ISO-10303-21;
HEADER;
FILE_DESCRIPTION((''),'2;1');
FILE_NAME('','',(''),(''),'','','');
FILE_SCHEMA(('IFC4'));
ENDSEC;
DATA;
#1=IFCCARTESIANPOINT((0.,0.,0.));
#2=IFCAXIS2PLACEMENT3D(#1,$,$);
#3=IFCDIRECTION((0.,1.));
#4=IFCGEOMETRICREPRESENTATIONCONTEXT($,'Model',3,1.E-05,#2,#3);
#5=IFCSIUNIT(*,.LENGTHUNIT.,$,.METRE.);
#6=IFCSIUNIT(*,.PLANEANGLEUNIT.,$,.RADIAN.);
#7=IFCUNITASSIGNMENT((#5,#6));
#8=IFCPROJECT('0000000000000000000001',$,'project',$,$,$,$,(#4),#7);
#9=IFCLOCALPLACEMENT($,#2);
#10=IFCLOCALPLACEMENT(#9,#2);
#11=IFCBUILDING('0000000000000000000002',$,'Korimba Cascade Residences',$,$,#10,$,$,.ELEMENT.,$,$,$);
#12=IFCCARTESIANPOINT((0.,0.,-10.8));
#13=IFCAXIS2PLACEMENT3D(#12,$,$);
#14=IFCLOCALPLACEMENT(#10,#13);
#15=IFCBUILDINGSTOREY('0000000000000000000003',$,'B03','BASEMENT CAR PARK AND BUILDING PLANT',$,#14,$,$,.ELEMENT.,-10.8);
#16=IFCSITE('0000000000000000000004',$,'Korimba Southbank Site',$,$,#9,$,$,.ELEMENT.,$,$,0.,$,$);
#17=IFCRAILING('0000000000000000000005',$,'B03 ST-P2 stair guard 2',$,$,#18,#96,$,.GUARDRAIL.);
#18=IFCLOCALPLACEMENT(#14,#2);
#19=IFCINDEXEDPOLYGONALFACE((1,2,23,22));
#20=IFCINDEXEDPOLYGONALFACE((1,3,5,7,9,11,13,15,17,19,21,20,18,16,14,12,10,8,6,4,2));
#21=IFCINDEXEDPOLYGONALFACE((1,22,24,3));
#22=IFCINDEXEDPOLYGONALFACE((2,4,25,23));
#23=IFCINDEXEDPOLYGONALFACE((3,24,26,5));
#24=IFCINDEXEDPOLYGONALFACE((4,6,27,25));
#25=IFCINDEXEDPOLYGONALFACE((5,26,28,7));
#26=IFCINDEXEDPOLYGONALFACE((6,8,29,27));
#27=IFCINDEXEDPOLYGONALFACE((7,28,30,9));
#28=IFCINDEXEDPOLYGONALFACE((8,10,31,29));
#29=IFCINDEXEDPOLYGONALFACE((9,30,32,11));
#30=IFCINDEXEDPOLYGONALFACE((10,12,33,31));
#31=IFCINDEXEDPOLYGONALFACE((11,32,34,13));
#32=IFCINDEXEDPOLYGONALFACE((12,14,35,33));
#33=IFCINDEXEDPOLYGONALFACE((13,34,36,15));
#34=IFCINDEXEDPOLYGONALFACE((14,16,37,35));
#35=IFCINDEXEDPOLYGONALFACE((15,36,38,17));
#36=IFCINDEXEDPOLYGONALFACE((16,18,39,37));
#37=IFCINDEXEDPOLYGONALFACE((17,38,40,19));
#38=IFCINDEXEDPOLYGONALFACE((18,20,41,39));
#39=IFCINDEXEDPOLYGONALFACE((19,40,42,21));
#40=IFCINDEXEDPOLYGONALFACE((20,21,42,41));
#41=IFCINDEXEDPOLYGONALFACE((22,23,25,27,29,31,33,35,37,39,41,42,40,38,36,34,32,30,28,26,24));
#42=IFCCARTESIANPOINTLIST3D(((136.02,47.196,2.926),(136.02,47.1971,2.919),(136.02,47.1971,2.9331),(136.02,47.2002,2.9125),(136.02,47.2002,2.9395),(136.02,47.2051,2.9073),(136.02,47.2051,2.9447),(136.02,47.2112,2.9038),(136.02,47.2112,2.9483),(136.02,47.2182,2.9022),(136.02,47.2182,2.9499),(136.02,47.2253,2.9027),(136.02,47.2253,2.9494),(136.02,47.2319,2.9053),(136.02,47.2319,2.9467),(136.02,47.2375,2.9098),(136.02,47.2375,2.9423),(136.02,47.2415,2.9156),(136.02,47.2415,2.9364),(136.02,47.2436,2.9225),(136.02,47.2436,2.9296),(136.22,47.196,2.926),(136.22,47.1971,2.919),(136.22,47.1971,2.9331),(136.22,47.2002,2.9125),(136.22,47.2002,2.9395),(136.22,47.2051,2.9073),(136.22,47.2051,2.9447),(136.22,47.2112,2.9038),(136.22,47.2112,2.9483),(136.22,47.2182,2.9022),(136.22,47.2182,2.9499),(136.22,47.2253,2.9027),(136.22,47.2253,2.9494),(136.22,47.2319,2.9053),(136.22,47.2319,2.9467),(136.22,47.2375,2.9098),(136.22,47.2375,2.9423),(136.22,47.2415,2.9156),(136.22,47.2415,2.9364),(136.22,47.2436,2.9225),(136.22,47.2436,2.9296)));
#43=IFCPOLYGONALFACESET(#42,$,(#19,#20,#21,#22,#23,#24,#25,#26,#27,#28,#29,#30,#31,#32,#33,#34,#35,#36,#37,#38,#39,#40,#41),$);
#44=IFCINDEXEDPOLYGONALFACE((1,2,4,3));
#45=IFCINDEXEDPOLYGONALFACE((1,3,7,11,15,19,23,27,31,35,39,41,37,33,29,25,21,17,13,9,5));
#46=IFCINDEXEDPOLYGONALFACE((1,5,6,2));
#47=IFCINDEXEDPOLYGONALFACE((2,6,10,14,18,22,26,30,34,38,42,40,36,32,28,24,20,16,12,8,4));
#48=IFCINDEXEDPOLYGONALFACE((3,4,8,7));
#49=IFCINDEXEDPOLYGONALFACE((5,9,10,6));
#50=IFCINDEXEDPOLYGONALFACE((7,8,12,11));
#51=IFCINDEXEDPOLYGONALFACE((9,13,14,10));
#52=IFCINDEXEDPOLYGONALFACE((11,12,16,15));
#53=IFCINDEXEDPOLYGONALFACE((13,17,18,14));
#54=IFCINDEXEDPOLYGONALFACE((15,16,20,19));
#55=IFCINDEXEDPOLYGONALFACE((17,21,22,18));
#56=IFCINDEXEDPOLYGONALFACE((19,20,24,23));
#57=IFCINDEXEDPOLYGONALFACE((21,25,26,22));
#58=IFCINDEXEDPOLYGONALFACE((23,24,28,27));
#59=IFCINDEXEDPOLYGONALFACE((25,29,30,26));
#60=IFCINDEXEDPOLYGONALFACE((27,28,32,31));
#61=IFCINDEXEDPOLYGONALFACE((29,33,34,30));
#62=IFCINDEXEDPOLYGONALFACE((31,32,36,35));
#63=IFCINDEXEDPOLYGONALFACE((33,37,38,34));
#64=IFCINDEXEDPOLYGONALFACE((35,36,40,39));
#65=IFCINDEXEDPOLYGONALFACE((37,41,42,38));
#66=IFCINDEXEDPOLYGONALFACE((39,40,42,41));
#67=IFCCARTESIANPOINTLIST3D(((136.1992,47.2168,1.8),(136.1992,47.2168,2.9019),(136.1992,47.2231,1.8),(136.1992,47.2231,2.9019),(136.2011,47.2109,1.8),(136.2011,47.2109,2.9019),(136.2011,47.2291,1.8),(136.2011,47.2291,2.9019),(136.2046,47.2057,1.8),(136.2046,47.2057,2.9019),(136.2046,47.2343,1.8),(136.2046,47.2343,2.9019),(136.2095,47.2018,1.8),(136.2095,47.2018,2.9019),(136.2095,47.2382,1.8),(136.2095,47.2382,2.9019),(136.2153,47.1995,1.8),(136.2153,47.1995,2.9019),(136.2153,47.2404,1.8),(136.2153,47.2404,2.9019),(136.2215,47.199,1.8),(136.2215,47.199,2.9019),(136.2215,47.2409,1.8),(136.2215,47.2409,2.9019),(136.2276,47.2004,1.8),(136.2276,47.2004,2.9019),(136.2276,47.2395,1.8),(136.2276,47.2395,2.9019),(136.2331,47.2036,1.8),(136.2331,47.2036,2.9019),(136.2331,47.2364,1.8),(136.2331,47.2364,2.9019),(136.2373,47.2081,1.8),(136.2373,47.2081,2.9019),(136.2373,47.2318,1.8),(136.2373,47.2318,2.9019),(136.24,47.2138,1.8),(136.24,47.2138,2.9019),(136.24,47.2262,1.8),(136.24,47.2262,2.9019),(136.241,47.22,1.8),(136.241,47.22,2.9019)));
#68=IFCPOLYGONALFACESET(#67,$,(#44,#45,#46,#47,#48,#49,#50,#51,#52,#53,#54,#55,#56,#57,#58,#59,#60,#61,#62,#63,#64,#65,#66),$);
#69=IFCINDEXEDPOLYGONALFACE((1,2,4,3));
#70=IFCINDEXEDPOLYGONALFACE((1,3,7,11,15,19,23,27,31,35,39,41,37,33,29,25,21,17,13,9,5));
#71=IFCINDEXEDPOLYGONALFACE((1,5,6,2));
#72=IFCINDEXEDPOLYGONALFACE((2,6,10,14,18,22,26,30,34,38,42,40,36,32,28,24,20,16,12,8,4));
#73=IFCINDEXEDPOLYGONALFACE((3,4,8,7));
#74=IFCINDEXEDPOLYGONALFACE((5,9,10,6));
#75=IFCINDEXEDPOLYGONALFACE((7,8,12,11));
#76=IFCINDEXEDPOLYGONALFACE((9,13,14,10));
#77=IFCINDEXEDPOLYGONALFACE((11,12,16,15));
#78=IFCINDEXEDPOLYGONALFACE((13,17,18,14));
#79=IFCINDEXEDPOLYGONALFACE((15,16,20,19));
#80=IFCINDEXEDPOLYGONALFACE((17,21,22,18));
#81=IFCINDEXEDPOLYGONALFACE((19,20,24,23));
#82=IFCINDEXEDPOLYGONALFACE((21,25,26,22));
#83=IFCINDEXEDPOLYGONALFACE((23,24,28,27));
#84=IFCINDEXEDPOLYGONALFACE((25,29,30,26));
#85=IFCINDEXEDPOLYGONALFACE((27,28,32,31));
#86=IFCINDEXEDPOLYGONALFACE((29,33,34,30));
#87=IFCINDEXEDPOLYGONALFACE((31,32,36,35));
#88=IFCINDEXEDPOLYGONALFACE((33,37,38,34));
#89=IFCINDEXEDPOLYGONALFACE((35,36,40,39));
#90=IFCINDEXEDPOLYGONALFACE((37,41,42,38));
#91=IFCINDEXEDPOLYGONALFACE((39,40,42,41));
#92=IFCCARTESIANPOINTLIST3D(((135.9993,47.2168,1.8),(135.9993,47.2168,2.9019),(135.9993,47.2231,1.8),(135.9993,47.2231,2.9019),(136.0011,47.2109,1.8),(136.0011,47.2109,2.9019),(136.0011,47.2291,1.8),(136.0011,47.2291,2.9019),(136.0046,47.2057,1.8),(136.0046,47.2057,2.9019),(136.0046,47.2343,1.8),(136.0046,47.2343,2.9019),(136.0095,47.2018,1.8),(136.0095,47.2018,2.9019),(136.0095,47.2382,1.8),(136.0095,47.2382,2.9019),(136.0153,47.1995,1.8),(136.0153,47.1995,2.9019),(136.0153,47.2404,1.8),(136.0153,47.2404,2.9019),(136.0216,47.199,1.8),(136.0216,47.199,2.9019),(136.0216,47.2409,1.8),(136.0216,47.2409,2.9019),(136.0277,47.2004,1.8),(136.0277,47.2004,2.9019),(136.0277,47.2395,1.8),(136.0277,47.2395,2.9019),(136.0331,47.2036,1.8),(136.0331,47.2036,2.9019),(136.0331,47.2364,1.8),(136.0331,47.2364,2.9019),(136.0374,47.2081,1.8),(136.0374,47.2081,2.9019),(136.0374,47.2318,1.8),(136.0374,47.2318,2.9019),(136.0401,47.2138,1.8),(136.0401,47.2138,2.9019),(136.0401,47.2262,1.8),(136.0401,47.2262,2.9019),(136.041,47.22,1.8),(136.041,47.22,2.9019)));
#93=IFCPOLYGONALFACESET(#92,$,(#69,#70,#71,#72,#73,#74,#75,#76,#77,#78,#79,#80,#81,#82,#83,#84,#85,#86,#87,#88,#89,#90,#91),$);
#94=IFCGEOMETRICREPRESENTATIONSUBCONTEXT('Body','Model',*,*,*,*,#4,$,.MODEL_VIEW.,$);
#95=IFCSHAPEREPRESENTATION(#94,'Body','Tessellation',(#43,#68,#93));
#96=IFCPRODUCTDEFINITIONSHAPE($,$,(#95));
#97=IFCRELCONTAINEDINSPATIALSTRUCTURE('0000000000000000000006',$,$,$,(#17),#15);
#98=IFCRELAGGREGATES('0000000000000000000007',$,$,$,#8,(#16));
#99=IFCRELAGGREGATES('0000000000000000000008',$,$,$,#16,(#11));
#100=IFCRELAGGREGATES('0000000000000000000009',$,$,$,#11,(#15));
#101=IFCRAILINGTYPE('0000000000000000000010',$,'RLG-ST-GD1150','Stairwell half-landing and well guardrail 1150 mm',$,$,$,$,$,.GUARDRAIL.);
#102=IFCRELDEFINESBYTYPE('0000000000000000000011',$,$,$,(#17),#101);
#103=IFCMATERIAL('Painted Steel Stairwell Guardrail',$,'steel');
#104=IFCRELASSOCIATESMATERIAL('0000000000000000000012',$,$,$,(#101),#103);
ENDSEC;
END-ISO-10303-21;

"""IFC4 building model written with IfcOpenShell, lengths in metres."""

from ifc_helpers import new_model, si_unit, direction, frame, origin, origin_2d, place, context, subcontext, project, spatial, circle, extrude, material, type_object, element, save


model = new_model("IFC4")

# Units and contexts
model_context = context("Model", 3, precision=1e-05, world=origin(), true_north=direction((0.0, 1.0)))
body_context = subcontext(model_context, "Body", "Model", "MODEL_VIEW")
ifc_project = project(units=[si_unit("LENGTHUNIT", "METRE"), si_unit("PLANEANGLEUNIT", "RADIAN")], contexts=[model_context])

# Site, building, storey
site_placement = place(None, origin())
site = spatial("IfcSite", under=ifc_project, at=site_placement, Name="Korimba Southbank Site", CompositionType="ELEMENT", RefElevation=0.0)
building_placement = place(site_placement, origin())
building = spatial("IfcBuilding", under=site, at=building_placement, Name="Korimba Cascade Residences", CompositionType="ELEMENT")
storey_placement = place(building_placement, frame((0.0, 0.0, -10.8)))
storey = spatial("IfcBuildingStorey", under=building, at=storey_placement, Name="B03", Description="BASEMENT CAR PARK AND BUILDING PLANT", CompositionType="ELEMENT", Elevation=-10.8)

# Railing
ifc_material_1 = material(Name="Painted Steel Stairwell Guardrail", Category="steel")
railing_type_1 = type_object("IfcRailingType", Name="RLG-ST-GD1150", Description="Stairwell half-landing and well guardrail 1150 mm", PredefinedType="GUARDRAIL", material=ifc_material_1)
railing_1_placement = place(storey_placement, frame((136.22, 47.22, 1.8)))
element("IfcRailing", 1, at=railing_1_placement, inside=storey, type_object=railing_type_1, Name="B03 ST-P2 stair guard 2", PredefinedType="GUARDRAIL", context=body_context, shape_type="SweptSolid", body=[
    extrude(circle(Radius=0.0239, at=origin_2d()), frame((0.0, 0.0, 1.126), z_axis=(-1.0, 0.0, 0.0), x_axis=(0.0, -1.0, 0.0)), (0.0, 0.0, 1.0), 0.2),
    extrude(circle(Radius=0.021, at=origin_2d()), origin(), (0.0, 0.0, 1.0), 1.1018),
    extrude(circle(Radius=0.021, at=origin_2d()), frame((-0.2, 0.0, 0.0)), (0.0, 0.0, 1.0), 1.1018),
])

save(model, "model.ifc")
